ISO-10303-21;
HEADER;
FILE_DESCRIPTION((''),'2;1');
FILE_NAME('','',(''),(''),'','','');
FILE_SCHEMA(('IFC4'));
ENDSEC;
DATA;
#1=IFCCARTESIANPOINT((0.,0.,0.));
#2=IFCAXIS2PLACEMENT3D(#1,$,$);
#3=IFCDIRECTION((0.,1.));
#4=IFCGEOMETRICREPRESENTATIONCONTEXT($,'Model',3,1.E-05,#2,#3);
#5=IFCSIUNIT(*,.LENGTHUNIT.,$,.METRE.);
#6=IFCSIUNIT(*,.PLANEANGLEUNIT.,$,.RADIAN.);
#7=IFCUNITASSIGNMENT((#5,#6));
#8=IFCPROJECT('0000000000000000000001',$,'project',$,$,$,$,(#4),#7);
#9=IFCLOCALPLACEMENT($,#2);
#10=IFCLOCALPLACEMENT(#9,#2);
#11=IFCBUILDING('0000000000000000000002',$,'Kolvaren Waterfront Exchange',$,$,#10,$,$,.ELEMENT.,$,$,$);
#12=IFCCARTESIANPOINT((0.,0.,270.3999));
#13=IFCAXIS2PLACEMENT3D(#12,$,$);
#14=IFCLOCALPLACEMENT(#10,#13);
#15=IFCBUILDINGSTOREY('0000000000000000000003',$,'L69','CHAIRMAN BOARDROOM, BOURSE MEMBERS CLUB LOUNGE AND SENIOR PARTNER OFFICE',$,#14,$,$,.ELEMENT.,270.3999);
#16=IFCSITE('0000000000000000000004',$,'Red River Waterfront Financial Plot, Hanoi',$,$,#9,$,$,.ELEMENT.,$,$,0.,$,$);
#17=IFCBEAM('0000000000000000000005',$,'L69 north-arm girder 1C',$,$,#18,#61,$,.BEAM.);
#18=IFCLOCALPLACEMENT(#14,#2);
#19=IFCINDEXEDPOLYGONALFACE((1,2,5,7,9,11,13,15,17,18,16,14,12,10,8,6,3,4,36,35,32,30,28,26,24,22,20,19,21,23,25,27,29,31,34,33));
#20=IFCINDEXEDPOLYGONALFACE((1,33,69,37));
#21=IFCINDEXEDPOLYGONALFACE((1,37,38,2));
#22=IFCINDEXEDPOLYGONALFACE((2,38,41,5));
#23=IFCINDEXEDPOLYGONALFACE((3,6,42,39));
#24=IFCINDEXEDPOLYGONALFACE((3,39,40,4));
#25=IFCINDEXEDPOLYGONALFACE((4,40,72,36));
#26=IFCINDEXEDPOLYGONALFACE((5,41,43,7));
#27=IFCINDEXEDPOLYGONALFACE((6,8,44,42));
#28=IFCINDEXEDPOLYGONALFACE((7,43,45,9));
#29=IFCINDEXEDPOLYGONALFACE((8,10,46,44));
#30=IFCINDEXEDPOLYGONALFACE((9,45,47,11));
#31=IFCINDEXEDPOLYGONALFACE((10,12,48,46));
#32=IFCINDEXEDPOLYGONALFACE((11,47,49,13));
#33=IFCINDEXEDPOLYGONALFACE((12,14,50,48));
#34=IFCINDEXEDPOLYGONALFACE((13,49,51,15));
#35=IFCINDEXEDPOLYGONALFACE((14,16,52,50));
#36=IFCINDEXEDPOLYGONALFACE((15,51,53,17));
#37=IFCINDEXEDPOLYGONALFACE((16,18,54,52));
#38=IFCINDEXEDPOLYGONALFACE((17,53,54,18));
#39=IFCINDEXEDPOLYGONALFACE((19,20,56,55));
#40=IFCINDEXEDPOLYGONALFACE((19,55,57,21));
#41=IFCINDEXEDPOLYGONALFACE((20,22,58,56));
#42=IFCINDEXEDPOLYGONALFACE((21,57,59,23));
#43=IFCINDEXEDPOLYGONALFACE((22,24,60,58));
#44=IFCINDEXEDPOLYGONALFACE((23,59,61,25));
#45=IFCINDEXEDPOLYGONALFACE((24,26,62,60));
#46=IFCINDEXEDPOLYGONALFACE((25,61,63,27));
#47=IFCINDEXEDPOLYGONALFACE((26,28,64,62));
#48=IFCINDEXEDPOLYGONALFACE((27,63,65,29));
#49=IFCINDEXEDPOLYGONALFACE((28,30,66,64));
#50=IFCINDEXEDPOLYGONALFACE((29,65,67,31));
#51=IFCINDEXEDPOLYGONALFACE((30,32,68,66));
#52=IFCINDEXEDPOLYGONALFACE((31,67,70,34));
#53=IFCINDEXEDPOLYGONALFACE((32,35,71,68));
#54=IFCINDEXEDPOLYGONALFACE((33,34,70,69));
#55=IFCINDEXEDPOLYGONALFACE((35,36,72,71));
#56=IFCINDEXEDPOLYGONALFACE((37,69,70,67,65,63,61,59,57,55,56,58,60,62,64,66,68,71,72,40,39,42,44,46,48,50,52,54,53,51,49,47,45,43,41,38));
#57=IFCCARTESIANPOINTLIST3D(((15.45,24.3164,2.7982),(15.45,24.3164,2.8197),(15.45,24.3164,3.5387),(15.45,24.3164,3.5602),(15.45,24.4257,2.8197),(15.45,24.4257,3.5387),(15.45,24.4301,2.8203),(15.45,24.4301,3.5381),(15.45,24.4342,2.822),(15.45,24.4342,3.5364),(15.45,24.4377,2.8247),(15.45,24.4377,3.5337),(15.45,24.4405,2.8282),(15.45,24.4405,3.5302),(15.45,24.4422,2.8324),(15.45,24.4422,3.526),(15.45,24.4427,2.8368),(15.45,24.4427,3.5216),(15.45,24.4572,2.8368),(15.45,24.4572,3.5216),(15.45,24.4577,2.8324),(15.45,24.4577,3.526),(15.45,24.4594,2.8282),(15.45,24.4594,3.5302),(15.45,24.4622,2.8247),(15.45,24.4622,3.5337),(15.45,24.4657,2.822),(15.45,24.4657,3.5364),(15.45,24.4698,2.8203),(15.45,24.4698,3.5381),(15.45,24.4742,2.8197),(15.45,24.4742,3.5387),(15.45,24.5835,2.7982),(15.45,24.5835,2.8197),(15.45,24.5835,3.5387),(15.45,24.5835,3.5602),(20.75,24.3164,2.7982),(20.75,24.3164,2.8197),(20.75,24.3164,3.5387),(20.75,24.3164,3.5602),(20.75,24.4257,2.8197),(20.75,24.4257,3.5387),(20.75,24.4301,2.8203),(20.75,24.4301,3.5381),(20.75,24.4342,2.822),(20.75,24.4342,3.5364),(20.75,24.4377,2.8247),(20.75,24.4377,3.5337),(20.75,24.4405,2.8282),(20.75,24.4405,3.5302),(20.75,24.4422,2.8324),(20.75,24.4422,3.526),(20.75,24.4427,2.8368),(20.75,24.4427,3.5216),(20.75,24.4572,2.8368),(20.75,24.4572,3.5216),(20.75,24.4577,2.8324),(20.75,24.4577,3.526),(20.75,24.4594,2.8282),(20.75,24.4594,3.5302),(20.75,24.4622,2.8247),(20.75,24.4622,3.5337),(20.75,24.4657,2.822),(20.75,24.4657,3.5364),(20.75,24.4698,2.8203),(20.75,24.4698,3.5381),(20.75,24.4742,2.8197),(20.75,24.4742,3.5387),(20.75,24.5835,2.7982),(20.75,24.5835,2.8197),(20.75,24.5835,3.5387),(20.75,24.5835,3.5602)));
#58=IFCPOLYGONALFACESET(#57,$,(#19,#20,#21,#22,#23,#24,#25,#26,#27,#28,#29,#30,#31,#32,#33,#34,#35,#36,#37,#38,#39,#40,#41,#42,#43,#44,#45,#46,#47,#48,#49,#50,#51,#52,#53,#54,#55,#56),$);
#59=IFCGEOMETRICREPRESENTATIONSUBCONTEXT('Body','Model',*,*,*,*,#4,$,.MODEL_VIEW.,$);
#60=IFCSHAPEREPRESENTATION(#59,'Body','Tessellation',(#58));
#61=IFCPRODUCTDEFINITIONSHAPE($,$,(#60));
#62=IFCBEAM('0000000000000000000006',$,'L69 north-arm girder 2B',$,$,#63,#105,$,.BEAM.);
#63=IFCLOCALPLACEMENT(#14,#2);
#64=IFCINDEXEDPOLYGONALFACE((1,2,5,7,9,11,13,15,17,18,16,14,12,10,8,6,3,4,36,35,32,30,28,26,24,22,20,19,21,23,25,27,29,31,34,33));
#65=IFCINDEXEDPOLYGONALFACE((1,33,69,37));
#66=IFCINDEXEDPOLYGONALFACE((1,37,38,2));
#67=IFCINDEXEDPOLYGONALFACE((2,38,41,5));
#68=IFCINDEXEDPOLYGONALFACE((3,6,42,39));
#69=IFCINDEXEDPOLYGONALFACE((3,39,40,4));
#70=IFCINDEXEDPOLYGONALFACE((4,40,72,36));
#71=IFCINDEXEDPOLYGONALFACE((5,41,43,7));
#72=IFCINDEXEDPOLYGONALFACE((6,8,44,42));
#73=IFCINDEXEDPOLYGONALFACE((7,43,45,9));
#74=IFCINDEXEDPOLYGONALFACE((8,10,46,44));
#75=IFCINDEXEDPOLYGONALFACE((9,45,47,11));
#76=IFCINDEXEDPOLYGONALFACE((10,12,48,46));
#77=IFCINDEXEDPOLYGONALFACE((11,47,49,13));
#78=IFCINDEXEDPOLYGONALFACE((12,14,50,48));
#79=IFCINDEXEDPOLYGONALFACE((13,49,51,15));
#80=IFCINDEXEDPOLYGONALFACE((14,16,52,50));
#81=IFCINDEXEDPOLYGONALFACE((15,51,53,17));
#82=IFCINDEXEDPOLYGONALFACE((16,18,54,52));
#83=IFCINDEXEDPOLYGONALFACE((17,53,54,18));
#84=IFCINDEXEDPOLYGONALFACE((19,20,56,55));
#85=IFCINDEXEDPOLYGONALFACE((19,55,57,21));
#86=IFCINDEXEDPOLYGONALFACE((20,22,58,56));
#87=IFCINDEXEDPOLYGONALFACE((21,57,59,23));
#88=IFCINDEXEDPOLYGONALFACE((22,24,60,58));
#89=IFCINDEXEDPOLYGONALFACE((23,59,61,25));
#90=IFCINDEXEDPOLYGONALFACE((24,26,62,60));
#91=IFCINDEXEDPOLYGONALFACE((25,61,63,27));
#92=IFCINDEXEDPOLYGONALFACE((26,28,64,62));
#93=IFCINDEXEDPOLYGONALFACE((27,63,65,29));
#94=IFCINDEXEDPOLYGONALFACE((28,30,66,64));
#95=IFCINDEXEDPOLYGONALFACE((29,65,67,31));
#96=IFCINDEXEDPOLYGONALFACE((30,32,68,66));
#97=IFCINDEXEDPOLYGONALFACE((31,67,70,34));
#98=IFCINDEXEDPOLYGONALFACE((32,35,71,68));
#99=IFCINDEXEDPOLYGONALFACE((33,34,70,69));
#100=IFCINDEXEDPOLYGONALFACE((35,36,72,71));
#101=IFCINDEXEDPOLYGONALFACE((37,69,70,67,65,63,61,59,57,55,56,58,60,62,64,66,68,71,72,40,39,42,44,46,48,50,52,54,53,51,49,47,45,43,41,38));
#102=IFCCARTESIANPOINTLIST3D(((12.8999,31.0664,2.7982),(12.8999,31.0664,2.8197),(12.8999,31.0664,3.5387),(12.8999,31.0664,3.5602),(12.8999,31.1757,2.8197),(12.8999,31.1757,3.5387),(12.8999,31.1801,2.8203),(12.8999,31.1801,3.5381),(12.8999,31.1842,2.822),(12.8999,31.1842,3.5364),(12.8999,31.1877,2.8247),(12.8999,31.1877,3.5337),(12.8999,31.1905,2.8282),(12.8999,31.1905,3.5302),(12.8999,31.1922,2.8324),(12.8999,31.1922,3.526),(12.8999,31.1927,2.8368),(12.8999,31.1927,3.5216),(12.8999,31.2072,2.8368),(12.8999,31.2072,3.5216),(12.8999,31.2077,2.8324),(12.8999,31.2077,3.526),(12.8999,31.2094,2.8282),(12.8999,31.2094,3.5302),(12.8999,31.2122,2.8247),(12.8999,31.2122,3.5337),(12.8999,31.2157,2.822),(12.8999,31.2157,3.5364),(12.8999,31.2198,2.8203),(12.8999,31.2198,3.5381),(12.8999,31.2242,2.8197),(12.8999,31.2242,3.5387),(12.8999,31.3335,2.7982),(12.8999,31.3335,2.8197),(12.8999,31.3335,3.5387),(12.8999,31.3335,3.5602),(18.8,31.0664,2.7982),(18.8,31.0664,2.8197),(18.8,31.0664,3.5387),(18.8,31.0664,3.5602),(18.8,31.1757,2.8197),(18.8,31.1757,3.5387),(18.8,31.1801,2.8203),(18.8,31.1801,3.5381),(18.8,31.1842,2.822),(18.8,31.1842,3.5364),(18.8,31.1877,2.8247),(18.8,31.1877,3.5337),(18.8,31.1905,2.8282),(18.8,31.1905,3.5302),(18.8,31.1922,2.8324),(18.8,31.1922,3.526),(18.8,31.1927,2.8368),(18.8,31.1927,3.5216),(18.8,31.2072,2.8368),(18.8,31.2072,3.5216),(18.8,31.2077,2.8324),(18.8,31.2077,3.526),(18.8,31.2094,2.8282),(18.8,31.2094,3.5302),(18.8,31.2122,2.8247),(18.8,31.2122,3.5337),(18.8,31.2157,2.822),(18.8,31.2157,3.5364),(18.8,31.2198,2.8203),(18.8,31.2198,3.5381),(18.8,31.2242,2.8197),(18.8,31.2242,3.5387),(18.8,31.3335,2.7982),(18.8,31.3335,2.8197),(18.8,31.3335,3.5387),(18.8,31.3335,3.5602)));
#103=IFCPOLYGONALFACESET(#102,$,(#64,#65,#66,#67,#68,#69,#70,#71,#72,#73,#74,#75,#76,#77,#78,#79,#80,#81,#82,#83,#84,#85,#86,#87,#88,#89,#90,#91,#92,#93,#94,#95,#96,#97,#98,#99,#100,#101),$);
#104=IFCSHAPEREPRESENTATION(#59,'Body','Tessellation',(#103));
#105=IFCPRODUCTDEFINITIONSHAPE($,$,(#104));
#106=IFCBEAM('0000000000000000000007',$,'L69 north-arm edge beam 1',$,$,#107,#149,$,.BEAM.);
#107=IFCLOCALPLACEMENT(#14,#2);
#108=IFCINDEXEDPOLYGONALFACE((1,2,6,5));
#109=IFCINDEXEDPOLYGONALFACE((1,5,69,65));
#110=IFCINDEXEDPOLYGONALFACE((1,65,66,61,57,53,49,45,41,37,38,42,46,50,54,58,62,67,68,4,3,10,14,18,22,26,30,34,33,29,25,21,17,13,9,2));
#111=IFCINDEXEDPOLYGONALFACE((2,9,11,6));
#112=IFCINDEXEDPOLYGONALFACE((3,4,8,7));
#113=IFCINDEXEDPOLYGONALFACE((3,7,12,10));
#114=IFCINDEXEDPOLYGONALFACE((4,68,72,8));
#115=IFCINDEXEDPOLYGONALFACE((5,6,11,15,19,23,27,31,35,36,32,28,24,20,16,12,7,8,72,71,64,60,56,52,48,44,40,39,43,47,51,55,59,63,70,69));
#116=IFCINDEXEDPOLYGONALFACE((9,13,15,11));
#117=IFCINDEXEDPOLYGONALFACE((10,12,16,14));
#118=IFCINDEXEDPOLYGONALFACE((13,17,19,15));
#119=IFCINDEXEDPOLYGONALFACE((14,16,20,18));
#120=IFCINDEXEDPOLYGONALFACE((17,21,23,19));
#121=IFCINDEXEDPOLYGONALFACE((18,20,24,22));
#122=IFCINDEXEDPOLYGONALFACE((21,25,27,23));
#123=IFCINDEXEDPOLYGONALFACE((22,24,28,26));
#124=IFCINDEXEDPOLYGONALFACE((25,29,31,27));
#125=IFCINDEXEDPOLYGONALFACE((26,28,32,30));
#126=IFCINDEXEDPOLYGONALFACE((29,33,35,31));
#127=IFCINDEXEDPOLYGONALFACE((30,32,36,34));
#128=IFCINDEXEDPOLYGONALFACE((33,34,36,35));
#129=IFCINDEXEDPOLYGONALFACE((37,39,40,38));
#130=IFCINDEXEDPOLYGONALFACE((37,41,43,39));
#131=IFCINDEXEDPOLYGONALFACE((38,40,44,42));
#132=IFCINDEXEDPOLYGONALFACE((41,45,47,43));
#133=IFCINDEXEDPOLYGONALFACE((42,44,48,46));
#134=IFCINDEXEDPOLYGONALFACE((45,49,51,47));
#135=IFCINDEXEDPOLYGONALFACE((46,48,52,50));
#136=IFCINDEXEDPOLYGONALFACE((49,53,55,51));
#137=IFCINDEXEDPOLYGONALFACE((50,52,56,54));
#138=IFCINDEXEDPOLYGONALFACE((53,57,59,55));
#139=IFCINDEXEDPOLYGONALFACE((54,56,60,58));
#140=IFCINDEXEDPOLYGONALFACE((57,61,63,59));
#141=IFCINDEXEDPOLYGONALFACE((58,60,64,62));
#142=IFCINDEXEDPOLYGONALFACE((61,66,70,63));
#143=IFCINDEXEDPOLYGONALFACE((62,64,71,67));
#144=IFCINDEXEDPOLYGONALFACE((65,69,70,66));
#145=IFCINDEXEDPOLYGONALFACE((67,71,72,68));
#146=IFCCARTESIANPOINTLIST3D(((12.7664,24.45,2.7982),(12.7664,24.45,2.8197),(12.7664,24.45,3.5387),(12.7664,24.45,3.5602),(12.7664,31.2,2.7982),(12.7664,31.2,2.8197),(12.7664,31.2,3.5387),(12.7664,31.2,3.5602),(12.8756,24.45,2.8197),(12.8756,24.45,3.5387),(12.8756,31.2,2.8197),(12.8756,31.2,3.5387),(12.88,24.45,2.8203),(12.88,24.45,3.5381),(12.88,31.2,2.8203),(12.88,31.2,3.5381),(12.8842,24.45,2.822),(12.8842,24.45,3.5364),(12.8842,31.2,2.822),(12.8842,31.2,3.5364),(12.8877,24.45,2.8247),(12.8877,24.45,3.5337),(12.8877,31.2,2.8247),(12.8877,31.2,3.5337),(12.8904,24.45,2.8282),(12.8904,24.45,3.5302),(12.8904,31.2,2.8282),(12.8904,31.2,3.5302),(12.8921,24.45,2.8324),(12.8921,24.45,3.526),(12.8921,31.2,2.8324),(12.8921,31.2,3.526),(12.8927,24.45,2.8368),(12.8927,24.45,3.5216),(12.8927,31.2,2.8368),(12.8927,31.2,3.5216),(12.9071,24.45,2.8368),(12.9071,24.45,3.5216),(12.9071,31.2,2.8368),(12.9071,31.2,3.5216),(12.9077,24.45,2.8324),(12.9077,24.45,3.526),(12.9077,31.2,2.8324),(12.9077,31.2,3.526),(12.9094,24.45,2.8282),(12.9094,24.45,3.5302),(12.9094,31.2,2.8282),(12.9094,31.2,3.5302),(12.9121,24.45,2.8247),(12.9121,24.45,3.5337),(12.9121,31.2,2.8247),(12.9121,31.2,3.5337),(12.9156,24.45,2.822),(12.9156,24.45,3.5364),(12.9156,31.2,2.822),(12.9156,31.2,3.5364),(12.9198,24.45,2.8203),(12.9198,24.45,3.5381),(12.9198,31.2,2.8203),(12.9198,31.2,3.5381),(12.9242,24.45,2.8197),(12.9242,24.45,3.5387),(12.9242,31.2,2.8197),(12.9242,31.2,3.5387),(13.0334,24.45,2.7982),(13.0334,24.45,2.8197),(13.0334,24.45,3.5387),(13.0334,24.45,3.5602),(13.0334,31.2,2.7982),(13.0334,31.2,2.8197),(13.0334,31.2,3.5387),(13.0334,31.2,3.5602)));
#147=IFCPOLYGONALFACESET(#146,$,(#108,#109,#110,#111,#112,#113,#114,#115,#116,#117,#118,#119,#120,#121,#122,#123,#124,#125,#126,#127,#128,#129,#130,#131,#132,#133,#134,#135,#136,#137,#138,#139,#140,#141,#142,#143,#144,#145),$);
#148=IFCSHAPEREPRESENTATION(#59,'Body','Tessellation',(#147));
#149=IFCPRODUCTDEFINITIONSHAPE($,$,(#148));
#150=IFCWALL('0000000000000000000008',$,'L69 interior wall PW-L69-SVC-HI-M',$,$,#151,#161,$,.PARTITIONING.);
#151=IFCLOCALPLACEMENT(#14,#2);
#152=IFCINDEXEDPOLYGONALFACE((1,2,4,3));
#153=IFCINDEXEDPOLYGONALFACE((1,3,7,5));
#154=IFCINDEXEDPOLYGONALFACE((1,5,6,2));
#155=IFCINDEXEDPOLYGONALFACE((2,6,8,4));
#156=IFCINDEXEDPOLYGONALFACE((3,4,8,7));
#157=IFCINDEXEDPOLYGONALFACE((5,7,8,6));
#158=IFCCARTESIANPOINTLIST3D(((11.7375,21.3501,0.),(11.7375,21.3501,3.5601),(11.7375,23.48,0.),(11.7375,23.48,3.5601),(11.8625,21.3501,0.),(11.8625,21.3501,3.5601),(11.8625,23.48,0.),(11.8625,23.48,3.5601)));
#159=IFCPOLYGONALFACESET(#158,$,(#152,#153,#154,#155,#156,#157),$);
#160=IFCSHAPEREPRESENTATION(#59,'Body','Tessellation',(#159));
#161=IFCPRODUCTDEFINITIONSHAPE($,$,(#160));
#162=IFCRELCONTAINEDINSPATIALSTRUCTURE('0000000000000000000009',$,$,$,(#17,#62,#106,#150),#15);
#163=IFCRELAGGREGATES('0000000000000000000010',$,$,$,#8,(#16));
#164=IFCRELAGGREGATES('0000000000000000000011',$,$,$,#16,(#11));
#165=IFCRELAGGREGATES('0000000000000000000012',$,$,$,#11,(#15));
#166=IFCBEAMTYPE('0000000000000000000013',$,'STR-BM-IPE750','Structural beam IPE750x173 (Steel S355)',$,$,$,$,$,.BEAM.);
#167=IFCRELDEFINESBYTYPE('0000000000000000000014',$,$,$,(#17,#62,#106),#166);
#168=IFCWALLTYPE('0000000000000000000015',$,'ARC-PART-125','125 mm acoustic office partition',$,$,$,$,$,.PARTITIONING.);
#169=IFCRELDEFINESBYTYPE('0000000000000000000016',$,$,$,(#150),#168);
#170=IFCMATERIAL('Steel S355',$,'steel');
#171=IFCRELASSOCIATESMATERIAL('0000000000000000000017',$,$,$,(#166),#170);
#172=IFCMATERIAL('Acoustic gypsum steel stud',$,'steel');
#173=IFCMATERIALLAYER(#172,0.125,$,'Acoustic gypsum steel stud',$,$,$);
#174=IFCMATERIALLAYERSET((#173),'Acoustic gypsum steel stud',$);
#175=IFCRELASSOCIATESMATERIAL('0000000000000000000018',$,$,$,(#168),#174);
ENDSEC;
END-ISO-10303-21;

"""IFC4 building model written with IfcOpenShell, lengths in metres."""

from ifc_helpers import new_model, si_unit, direction, frame, frame_2d, origin, origin_2d, place, context, subcontext, project, spatial, rectangle, i_section, extrude, material, layer, layer_set, material_profile, profile_set, type_object, element, save


model = new_model("IFC4")

# Units and contexts
model_context = context("Model", 3, precision=1e-05, world=origin(), true_north=direction((0.0, 1.0)))
body_context = subcontext(model_context, "Body", "Model", "MODEL_VIEW")
ifc_project = project(units=[si_unit("LENGTHUNIT", "METRE"), si_unit("PLANEANGLEUNIT", "RADIAN")], contexts=[model_context])

# Site, building, storey
site_placement = place(None, origin())
site = spatial("IfcSite", under=ifc_project, at=site_placement, Name="Red River Waterfront Financial Plot, Hanoi", CompositionType="ELEMENT", RefElevation=0.0)
building_placement = place(site_placement, origin())
building = spatial("IfcBuilding", under=site, at=building_placement, Name="Kolvaren Waterfront Exchange", CompositionType="ELEMENT")
storey_placement = place(building_placement, frame((0.0, 0.0, 270.3999)))
storey = spatial("IfcBuildingStorey", under=building, at=storey_placement, Name="L69", Description="CHAIRMAN BOARDROOM, BOURSE MEMBERS CLUB LOUNGE AND SENIOR PARTNER OFFICE", CompositionType="ELEMENT", Elevation=270.3999)

# Beams
ifc_material_1 = material(Name="Steel S355", Category="steel")
ifc_material_profile_1 = material_profile(ifc_material_1, i_section(OverallWidth=0.2671, OverallDepth=0.762, WebThickness=0.0144, FlangeThickness=0.0215, FilletRadius=0.0171, at=origin_2d()), Name="IPE750x173")
ifc_profile_set_1 = profile_set([ifc_material_profile_1], Name="Steel S355")
beam_type_1 = type_object("IfcBeamType", Name="STR-BM-IPE750", Description="Structural beam IPE750x173 (Steel S355)", PredefinedType="BEAM", material=ifc_profile_set_1)
beam_1_placement = place(storey_placement, frame((15.45, 24.45, 3.1792), z_axis=(1.0, 0.0, 0.0), x_axis=(0.0, 1.0, 0.0)))
element("IfcBeam", 1, at=beam_1_placement, inside=storey, type_object=beam_type_1, Name="L69 north-arm girder 1C", PredefinedType="BEAM", context=body_context, shape_type="SweptSolid", body=[
    extrude(i_section(OverallWidth=0.2671, OverallDepth=0.762, WebThickness=0.0144, FlangeThickness=0.0215, FilletRadius=0.0171, at=origin_2d()), origin(), (0.0, 0.0, 1.0), 5.3),
])
beam_2_placement = place(storey_placement, frame((12.8999, 31.2, 3.1792), z_axis=(1.0, 0.0, 0.0), x_axis=(0.0, 1.0, 0.0)))
element("IfcBeam", 2, at=beam_2_placement, inside=storey, type_object=beam_type_1, Name="L69 north-arm girder 2B", PredefinedType="BEAM", context=body_context, shape_type="SweptSolid", body=[
    extrude(i_section(OverallWidth=0.2671, OverallDepth=0.762, WebThickness=0.0144, FlangeThickness=0.0215, FilletRadius=0.0171, at=origin_2d()), origin(), (0.0, 0.0, 1.0), 5.9001),
])
beam_3_placement = place(storey_placement, frame((12.8999, 24.45, 3.1792), z_axis=(0.0, 1.0, 0.0), x_axis=(-1.0, 0.0, 0.0)))
element("IfcBeam", 3, at=beam_3_placement, inside=storey, type_object=beam_type_1, Name="L69 north-arm edge beam 1", PredefinedType="BEAM", context=body_context, shape_type="SweptSolid", body=[
    extrude(i_section(OverallWidth=0.2671, OverallDepth=0.762, WebThickness=0.0144, FlangeThickness=0.0215, FilletRadius=0.0171, at=origin_2d()), origin(), (0.0, 0.0, 1.0), 6.75),
])

# Shared definitions
ifc_material_2 = material(Name="Acoustic gypsum steel stud", Category="steel")
ifc_layer_1 = layer(ifc_material_2, 0.125, Name="Acoustic gypsum steel stud")
ifc_layer_set_1 = layer_set([ifc_layer_1], Name="Acoustic gypsum steel stud")
wall_type_1 = type_object("IfcWallType", Name="ARC-PART-125", Description="125 mm acoustic office partition", PredefinedType="PARTITIONING", material=ifc_layer_set_1)

# Wall
wall_1_placement = place(storey_placement, frame((11.8, 21.3501, 0.0), z_axis=(0.0, 0.0, 1.0), x_axis=(0.0, 1.0, 0.0)))
element("IfcWall", 4, at=wall_1_placement, inside=storey, type_object=wall_type_1, Name="L69 interior wall PW-L69-SVC-HI-M", PredefinedType="PARTITIONING", context=body_context, shape_type="SweptSolid", body=[
    extrude(rectangle(XDim=2.1299, YDim=0.125, at=frame_2d((1.0649, 0.0))), origin(), (0.0, 0.0, 1.0), 3.5601),
])

save(model, "model.ifc")
